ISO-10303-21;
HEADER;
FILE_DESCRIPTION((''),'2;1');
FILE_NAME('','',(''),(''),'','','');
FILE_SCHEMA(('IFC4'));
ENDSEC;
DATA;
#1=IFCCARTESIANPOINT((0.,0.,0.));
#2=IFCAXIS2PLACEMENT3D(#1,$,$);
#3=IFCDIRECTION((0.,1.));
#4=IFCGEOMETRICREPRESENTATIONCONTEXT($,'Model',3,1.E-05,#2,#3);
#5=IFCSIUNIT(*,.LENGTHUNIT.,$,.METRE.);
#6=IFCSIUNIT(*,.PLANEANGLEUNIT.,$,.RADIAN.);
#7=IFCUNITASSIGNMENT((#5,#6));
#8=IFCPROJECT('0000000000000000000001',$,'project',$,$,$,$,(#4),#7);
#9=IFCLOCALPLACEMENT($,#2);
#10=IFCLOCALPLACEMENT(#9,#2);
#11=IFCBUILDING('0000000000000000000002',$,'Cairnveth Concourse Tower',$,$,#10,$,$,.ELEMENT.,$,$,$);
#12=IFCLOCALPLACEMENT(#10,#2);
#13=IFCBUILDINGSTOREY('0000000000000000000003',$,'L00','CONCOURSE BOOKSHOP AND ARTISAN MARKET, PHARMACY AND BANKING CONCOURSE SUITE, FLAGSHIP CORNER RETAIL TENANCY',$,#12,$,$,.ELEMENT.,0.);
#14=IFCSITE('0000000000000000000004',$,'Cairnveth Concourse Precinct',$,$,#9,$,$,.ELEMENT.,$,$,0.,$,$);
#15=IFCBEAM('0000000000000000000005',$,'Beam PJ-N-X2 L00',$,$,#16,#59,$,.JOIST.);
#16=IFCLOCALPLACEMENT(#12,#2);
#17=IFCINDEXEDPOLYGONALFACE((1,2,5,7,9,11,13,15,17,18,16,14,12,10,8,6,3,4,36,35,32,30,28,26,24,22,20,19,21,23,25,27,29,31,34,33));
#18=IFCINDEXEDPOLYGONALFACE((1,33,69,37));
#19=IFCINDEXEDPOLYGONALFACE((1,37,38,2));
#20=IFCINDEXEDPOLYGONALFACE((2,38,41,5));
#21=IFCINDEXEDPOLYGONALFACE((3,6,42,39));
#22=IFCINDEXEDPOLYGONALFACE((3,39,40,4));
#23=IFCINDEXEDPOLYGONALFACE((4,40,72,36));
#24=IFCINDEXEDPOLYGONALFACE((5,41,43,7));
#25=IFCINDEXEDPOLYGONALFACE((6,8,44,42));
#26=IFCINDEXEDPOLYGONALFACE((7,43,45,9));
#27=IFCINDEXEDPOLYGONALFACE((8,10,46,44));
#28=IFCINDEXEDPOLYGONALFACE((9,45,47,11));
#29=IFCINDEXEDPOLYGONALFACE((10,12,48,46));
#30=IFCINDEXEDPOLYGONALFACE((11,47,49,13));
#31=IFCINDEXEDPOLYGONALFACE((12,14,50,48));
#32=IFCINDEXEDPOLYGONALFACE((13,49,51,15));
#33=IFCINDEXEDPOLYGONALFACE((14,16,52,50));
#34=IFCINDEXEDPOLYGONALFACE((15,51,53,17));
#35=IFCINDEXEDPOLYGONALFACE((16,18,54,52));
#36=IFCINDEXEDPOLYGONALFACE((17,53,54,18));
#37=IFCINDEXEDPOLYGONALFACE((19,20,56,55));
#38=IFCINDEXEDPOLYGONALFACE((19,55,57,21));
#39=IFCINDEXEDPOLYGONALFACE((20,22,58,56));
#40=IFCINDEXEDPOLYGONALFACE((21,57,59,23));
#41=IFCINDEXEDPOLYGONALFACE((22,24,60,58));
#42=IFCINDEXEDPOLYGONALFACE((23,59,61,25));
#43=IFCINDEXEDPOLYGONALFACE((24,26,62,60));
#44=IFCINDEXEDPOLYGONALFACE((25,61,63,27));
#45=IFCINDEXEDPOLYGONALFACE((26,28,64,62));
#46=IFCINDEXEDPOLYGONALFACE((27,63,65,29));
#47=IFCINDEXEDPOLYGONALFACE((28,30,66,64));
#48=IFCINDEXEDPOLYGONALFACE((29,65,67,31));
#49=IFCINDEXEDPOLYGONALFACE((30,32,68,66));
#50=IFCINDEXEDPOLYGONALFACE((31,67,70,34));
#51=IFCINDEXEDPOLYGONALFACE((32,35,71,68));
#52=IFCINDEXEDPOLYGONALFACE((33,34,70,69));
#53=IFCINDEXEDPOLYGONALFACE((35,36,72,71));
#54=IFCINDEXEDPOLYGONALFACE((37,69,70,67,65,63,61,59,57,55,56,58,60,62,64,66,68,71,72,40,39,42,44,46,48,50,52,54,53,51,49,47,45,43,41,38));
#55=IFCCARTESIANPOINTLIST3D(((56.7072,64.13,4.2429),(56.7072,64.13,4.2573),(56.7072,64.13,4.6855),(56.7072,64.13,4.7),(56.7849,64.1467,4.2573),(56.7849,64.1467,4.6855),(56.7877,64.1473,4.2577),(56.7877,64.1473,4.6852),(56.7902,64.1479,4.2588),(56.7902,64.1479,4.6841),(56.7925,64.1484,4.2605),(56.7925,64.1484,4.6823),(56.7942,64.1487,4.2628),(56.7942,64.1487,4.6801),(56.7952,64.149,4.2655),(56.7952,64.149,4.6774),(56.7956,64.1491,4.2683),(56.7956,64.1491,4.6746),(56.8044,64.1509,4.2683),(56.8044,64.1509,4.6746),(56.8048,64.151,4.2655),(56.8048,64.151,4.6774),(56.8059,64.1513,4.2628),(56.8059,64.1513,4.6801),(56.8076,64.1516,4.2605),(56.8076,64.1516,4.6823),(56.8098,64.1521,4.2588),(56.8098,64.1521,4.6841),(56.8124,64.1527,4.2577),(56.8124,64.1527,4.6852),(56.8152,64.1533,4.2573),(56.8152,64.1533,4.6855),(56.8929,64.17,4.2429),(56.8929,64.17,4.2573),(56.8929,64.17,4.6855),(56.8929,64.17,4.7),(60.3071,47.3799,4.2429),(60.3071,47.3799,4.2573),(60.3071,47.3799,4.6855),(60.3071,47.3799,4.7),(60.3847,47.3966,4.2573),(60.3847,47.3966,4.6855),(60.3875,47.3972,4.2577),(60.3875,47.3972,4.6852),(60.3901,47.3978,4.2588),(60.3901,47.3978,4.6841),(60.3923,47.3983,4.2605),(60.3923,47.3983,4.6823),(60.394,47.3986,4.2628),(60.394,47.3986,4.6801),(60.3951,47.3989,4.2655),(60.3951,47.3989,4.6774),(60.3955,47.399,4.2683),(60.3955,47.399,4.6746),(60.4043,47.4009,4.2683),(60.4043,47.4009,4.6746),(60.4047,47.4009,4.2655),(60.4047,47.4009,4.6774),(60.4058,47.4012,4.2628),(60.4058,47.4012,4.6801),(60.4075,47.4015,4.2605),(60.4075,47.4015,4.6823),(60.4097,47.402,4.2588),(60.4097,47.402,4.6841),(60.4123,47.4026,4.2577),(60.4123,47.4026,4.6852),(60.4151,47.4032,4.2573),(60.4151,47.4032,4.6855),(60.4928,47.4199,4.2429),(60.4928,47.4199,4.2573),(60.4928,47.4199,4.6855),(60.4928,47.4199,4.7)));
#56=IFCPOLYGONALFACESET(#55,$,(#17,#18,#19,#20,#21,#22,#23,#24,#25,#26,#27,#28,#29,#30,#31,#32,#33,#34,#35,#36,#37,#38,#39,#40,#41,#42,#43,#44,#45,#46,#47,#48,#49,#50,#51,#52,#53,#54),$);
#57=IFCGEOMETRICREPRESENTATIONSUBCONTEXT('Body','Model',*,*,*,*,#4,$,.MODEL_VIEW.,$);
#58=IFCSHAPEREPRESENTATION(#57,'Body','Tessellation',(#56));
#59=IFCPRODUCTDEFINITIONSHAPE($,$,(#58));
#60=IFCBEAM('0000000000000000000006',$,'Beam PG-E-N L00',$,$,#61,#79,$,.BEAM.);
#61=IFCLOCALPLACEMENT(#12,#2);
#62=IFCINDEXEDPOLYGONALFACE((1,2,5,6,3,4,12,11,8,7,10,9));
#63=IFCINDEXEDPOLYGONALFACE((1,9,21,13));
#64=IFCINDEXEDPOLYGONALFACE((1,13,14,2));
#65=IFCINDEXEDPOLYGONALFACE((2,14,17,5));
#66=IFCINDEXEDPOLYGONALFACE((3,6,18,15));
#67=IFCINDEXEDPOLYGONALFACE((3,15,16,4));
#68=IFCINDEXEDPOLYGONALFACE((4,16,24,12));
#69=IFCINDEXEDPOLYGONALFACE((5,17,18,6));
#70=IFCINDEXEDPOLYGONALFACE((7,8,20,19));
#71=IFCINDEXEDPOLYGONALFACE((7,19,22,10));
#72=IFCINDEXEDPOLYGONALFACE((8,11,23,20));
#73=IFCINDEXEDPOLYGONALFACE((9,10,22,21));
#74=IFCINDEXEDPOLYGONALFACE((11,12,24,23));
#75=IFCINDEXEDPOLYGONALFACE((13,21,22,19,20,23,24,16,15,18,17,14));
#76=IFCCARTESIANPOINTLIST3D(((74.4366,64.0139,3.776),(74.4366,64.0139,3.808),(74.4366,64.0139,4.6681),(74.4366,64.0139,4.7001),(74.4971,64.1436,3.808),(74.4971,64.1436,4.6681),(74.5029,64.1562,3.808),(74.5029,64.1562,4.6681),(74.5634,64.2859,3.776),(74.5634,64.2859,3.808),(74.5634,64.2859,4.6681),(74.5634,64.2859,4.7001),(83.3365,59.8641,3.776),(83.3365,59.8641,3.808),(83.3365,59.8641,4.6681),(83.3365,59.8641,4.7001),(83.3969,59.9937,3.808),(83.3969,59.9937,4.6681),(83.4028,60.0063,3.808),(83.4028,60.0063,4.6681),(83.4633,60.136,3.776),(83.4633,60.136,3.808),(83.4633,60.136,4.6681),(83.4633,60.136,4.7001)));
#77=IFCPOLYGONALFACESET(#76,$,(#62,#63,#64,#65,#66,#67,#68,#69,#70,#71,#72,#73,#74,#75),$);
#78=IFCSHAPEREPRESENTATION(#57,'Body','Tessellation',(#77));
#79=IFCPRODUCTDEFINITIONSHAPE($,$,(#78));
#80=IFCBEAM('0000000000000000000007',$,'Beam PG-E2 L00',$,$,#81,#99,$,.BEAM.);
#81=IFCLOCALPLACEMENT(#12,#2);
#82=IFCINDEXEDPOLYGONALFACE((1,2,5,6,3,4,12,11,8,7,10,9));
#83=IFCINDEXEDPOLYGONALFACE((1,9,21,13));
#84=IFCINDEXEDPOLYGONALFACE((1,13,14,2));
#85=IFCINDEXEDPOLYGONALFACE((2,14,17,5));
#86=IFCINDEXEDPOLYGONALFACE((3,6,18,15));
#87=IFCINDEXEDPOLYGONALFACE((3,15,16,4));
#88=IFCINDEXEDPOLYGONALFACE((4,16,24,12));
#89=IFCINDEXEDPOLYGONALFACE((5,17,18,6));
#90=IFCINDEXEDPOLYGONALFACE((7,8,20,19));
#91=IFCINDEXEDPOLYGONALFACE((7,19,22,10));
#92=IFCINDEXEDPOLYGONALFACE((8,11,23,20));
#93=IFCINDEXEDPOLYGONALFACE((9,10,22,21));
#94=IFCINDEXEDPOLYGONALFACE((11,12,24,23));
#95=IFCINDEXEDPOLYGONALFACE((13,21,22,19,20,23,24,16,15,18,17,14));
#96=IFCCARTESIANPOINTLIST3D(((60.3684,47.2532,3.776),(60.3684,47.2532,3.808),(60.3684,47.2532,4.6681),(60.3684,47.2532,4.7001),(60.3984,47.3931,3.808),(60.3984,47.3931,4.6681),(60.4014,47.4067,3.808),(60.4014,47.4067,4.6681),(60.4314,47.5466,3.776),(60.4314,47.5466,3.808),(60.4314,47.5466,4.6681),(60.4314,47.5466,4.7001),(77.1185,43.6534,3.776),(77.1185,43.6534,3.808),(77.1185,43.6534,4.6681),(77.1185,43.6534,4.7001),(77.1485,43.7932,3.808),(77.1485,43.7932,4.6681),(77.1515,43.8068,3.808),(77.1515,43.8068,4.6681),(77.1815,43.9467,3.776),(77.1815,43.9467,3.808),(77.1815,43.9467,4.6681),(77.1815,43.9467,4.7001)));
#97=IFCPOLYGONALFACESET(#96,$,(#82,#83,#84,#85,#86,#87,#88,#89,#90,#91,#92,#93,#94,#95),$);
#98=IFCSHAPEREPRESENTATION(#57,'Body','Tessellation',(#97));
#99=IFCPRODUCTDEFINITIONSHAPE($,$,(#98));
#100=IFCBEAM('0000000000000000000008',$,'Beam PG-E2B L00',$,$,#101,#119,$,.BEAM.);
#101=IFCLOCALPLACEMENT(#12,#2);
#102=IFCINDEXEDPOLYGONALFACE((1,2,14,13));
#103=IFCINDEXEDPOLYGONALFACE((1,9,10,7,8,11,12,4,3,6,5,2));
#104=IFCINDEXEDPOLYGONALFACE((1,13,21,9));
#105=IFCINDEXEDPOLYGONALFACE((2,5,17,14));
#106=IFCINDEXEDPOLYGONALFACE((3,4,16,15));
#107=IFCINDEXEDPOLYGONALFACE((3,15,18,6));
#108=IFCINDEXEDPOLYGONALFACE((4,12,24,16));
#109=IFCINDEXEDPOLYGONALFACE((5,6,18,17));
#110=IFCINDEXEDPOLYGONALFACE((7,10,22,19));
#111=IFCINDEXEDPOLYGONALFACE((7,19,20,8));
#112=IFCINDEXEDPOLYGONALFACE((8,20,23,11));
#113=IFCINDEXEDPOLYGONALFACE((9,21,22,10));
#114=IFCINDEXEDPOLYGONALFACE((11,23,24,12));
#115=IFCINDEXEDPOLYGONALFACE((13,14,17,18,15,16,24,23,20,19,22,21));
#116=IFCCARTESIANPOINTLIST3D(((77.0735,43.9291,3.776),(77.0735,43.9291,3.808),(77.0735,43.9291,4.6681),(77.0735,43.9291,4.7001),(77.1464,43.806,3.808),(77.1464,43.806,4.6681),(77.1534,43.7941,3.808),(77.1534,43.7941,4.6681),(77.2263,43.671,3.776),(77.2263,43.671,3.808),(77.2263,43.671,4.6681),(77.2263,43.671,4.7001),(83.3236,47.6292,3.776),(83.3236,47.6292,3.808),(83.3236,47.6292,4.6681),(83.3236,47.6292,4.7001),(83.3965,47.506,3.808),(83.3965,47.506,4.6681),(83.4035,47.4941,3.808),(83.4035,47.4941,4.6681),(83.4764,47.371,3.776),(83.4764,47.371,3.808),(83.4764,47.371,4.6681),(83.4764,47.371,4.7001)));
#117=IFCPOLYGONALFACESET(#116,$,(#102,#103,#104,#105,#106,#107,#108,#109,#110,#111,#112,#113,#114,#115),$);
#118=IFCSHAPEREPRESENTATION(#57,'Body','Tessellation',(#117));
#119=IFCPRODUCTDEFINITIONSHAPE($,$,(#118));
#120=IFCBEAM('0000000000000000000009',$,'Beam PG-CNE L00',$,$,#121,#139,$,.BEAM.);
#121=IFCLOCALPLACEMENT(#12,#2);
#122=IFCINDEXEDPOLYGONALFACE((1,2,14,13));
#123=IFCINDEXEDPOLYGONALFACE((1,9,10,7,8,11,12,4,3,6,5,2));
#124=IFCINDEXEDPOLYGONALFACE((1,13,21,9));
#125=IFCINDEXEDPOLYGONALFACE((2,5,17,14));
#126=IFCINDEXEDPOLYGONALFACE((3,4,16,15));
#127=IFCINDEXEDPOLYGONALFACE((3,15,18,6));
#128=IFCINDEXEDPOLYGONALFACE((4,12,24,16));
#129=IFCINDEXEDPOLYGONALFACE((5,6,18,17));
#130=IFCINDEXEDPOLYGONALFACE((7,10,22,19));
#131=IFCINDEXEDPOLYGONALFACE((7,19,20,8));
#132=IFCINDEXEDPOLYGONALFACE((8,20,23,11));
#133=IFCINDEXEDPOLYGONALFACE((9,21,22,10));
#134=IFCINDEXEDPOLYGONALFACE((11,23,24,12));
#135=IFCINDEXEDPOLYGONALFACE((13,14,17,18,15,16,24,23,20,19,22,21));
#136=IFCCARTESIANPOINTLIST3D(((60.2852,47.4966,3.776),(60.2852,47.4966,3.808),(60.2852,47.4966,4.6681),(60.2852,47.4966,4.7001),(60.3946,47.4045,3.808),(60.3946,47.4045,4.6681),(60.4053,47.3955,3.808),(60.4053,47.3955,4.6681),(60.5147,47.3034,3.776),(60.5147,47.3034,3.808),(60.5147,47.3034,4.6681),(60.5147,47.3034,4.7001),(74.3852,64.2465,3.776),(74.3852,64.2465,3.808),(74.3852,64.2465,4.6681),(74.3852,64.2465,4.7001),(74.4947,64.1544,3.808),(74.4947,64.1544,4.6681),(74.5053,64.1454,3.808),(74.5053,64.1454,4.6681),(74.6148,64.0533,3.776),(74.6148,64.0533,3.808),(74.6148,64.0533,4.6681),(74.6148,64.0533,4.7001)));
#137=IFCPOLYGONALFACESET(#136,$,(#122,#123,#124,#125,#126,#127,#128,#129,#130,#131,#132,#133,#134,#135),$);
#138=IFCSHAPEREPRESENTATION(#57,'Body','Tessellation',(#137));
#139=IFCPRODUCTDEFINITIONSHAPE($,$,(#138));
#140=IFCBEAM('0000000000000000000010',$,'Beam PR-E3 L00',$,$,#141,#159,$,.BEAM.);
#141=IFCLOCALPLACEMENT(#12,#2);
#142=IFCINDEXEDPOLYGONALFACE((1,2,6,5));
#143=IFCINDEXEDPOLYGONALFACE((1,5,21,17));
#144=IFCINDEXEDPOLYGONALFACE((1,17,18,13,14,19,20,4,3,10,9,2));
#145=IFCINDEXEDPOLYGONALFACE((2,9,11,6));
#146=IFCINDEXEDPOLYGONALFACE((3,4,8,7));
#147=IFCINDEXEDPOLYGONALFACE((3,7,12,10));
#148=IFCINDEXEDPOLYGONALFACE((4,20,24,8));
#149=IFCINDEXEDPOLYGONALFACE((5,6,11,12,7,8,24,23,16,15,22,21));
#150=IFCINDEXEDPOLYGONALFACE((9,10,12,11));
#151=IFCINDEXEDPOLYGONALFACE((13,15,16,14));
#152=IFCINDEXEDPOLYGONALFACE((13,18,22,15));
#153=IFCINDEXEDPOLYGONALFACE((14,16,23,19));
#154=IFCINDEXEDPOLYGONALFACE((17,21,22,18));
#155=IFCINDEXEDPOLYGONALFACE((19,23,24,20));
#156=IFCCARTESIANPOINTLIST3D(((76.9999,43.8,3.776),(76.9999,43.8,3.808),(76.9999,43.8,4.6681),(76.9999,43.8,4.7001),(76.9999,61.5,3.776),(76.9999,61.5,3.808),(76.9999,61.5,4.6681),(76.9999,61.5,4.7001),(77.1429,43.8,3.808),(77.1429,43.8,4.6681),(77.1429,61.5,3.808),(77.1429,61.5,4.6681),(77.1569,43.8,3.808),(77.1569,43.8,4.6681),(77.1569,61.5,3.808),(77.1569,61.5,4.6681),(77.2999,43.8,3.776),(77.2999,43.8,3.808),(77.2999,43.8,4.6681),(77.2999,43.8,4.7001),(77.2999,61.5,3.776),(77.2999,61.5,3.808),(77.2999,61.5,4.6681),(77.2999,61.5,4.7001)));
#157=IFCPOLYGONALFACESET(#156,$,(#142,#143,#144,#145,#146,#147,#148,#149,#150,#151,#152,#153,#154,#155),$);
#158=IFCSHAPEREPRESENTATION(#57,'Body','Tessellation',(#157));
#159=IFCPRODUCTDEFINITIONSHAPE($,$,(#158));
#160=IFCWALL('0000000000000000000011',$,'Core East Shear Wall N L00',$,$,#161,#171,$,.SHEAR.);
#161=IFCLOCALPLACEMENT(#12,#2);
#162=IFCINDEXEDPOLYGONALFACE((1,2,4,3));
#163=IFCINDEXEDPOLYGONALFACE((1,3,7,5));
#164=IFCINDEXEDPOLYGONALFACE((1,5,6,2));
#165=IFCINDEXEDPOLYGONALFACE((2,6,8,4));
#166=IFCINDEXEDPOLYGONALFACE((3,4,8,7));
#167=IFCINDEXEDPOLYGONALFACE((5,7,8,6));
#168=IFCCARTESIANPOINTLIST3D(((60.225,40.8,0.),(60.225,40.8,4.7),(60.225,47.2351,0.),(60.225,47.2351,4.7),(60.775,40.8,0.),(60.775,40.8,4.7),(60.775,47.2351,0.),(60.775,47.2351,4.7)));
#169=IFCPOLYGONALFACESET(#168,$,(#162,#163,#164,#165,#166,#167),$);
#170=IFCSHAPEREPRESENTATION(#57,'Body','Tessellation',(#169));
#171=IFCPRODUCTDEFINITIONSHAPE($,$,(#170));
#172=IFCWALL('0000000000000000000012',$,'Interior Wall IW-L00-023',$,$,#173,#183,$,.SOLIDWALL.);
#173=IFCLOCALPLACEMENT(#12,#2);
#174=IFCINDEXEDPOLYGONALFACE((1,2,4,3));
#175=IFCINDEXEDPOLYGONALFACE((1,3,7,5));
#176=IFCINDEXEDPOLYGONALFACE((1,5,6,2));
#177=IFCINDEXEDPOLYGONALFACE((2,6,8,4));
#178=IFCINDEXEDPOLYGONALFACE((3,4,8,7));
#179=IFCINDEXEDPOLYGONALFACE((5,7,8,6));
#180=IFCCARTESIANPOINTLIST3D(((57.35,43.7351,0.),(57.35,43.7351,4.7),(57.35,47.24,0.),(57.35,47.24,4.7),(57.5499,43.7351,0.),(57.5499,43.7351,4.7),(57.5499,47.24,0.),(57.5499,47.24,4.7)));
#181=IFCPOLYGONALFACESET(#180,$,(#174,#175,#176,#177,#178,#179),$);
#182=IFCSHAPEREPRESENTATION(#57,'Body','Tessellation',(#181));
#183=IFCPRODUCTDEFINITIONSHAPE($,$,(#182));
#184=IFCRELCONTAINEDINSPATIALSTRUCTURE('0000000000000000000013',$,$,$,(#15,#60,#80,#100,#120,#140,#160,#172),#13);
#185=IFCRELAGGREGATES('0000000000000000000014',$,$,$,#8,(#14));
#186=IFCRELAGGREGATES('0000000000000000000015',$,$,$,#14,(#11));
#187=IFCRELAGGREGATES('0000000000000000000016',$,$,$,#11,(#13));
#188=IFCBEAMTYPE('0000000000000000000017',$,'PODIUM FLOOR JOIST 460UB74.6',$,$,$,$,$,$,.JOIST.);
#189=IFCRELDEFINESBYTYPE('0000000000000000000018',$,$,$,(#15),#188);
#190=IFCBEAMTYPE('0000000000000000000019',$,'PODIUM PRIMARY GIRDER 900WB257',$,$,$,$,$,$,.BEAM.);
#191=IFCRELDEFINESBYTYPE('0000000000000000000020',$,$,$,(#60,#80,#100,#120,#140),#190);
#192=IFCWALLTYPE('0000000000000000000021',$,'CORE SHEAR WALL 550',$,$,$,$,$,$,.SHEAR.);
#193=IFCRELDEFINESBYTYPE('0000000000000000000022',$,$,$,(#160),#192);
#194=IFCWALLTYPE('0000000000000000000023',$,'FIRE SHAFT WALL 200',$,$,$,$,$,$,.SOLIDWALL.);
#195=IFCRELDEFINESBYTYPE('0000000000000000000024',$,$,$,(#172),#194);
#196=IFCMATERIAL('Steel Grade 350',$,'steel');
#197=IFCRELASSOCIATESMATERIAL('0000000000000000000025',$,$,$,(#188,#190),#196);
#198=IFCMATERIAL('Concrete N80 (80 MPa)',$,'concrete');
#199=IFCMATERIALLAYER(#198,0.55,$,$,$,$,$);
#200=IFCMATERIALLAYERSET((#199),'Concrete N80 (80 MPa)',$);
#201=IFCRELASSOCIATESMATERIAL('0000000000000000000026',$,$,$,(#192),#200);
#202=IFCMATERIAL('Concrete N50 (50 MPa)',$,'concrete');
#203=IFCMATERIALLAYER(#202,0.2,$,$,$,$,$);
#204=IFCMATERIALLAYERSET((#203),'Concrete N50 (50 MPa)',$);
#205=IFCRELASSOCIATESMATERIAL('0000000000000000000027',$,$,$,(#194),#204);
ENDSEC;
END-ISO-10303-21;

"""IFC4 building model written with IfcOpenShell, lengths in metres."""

from ifc_helpers import new_model, si_unit, direction, frame, frame_2d, origin, origin_2d, place, context, subcontext, project, spatial, rectangle, i_section, extrude, material, layer, layer_set, material_profile, profile_set, type_object, element, save


model = new_model("IFC4")

# Units and contexts
model_context = context("Model", 3, precision=1e-05, world=origin(), true_north=direction((0.0, 1.0)))
body_context = subcontext(model_context, "Body", "Model", "MODEL_VIEW")
ifc_project = project(units=[si_unit("LENGTHUNIT", "METRE"), si_unit("PLANEANGLEUNIT", "RADIAN")], contexts=[model_context])

# Site, building, storey
site_placement = place(None, origin())
site = spatial("IfcSite", under=ifc_project, at=site_placement, Name="Cairnveth Concourse Precinct", CompositionType="ELEMENT", RefElevation=0.0)
building_placement = place(site_placement, origin())
building = spatial("IfcBuilding", under=site, at=building_placement, Name="Cairnveth Concourse Tower", CompositionType="ELEMENT")
storey_placement = place(building_placement, origin())
storey = spatial("IfcBuildingStorey", under=building, at=storey_placement, Name="L00", Description="CONCOURSE BOOKSHOP AND ARTISAN MARKET, PHARMACY AND BANKING CONCOURSE SUITE, FLAGSHIP CORNER RETAIL TENANCY", CompositionType="ELEMENT", Elevation=0.0)

# Shared definitions
ifc_material_1 = material(Name="Concrete N80 (80 MPa)", Category="concrete")

# Beams
ifc_material_2 = material(Name="Steel Grade 350", Category="steel")
ifc_material_profile_1 = material_profile(ifc_material_2, i_section(OverallWidth=0.1899, OverallDepth=0.457, WebThickness=0.009, FlangeThickness=0.0144, FilletRadius=0.011, at=origin_2d()), Name="460UB74.6")
ifc_profile_set_1 = profile_set([ifc_material_profile_1], Name="Steel Grade 350")
beam_type_1 = type_object("IfcBeamType", Name="PODIUM FLOOR JOIST 460UB74.6", PredefinedType="JOIST", material=ifc_profile_set_1)
beam_1_placement = place(storey_placement, frame((60.3999, 47.3999, 4.4714), z_axis=(-0.210119, 0.977676, 0.0), x_axis=(-0.977676, -0.210119, 0.0)))
element("IfcBeam", 1, at=beam_1_placement, inside=storey, type_object=beam_type_1, Name="Beam PJ-N-X2 L00", PredefinedType="JOIST", context=body_context, shape_type="SweptSolid", body=[
    extrude(i_section(OverallWidth=0.1899, OverallDepth=0.457, WebThickness=0.009, FlangeThickness=0.0144, FilletRadius=0.011, at=origin_2d()), origin(), (0.0, 0.0, 1.0), 17.1326),
])
ifc_material_profile_2 = material_profile(ifc_material_2, i_section(OverallWidth=0.3, OverallDepth=0.9241, WebThickness=0.0139, FlangeThickness=0.032, at=origin_2d()), Name="900WB257")
ifc_profile_set_2 = profile_set([ifc_material_profile_2], Name="Steel Grade 350")
beam_type_2 = type_object("IfcBeamType", Name="PODIUM PRIMARY GIRDER 900WB257", PredefinedType="BEAM", material=ifc_profile_set_2)
beam_2_placement = place(storey_placement, frame((74.5, 64.1499, 4.238), z_axis=(0.906315, -0.422602, 0.0), x_axis=(0.422602, 0.906315, 0.0)))
element("IfcBeam", 2, at=beam_2_placement, inside=storey, type_object=beam_type_2, Name="Beam PG-E-N L00", PredefinedType="BEAM", context=body_context, shape_type="SweptSolid", body=[
    extrude(i_section(OverallWidth=0.3, OverallDepth=0.9241, WebThickness=0.0139, FlangeThickness=0.032, at=origin_2d()), origin(), (0.0, 0.0, 1.0), 9.8198),
])
beam_3_placement = place(storey_placement, frame((60.3999, 47.3999, 4.238), z_axis=(0.977676, -0.210119, 0.0), x_axis=(0.210119, 0.977676, 0.0)))
element("IfcBeam", 3, at=beam_3_placement, inside=storey, type_object=beam_type_2, Name="Beam PG-E2 L00", PredefinedType="BEAM", context=body_context, shape_type="SweptSolid", body=[
    extrude(i_section(OverallWidth=0.3, OverallDepth=0.9241, WebThickness=0.0139, FlangeThickness=0.032, at=origin_2d()), origin(), (0.0, 0.0, 1.0), 17.1326),
])
beam_4_placement = place(storey_placement, frame((77.1499, 43.8, 4.238), z_axis=(0.860518, 0.50942, 0.0), x_axis=(-0.50942, 0.860518, 0.0)))
element("IfcBeam", 4, at=beam_4_placement, inside=storey, type_object=beam_type_2, Name="Beam PG-E2B L00", PredefinedType="BEAM", context=body_context, shape_type="SweptSolid", body=[
    extrude(i_section(OverallWidth=0.3, OverallDepth=0.9241, WebThickness=0.0139, FlangeThickness=0.032, at=origin_2d()), origin(), (0.0, 0.0, 1.0), 7.2632),
])
beam_5_placement = place(storey_placement, frame((74.5, 64.1499, 4.238), z_axis=(-0.643998, -0.765027, 0.0), x_axis=(0.765027, -0.643998, 0.0)))
element("IfcBeam", 5, at=beam_5_placement, inside=storey, type_object=beam_type_2, Name="Beam PG-CNE L00", PredefinedType="BEAM", context=body_context, shape_type="SweptSolid", body=[
    extrude(i_section(OverallWidth=0.3, OverallDepth=0.9241, WebThickness=0.0139, FlangeThickness=0.032, at=origin_2d()), origin(), (0.0, 0.0, 1.0), 21.8945),
])
beam_6_placement = place(storey_placement, frame((77.1499, 43.8, 4.238), z_axis=(0.0, 1.0, 0.0), x_axis=(-1.0, 0.0, 0.0)))
element("IfcBeam", 6, at=beam_6_placement, inside=storey, type_object=beam_type_2, Name="Beam PR-E3 L00", PredefinedType="BEAM", context=body_context, shape_type="SweptSolid", body=[
    extrude(i_section(OverallWidth=0.3, OverallDepth=0.9241, WebThickness=0.0139, FlangeThickness=0.032, at=origin_2d()), origin(), (0.0, 0.0, 1.0), 17.7),
])

# Walls
ifc_layer_1 = layer(ifc_material_1, 0.55)
ifc_layer_set_1 = layer_set([ifc_layer_1], Name="Concrete N80 (80 MPa)")
wall_type_1 = type_object("IfcWallType", Name="CORE SHEAR WALL 550", PredefinedType="SHEAR", material=ifc_layer_set_1)
wall_1_placement = place(storey_placement, frame((60.5, 40.8, 0.0), z_axis=(0.0, 0.0, 1.0), x_axis=(0.0, 1.0, 0.0)))
element("IfcWall", 7, at=wall_1_placement, inside=storey, type_object=wall_type_1, Name="Core East Shear Wall N L00", PredefinedType="SHEAR", context=body_context, shape_type="SweptSolid", body=[
    extrude(rectangle(XDim=6.4351, YDim=0.55, at=frame_2d((3.2175, 0.0))), origin(), (0.0, 0.0, 1.0), 4.7),
])
ifc_material_3 = material(Name="Concrete N50 (50 MPa)", Category="concrete")
ifc_layer_2 = layer(ifc_material_3, 0.2)
ifc_layer_set_2 = layer_set([ifc_layer_2], Name="Concrete N50 (50 MPa)")
wall_type_2 = type_object("IfcWallType", Name="FIRE SHAFT WALL 200", PredefinedType="SOLIDWALL", material=ifc_layer_set_2)
for number, where, z_axis, x_axis, name in (
    (8, (57.45, 43.7351, 0.0), (0.0, 0.0, 1.0), (0.0, 1.0, 0.0), "Interior Wall IW-L00-023"),
):
    element("IfcWall", number, at=place(storey_placement, frame(where, z_axis=z_axis, x_axis=x_axis)), inside=storey, type_object=wall_type_2, Name=name, PredefinedType="SOLIDWALL", context=body_context, shape_type="SweptSolid", body=[
        extrude(rectangle(XDim=3.5049, YDim=0.2, at=frame_2d((1.7524, 0.0))), origin(), (0.0, 0.0, 1.0), 4.7),
    ])

save(model, "model.ifc")
